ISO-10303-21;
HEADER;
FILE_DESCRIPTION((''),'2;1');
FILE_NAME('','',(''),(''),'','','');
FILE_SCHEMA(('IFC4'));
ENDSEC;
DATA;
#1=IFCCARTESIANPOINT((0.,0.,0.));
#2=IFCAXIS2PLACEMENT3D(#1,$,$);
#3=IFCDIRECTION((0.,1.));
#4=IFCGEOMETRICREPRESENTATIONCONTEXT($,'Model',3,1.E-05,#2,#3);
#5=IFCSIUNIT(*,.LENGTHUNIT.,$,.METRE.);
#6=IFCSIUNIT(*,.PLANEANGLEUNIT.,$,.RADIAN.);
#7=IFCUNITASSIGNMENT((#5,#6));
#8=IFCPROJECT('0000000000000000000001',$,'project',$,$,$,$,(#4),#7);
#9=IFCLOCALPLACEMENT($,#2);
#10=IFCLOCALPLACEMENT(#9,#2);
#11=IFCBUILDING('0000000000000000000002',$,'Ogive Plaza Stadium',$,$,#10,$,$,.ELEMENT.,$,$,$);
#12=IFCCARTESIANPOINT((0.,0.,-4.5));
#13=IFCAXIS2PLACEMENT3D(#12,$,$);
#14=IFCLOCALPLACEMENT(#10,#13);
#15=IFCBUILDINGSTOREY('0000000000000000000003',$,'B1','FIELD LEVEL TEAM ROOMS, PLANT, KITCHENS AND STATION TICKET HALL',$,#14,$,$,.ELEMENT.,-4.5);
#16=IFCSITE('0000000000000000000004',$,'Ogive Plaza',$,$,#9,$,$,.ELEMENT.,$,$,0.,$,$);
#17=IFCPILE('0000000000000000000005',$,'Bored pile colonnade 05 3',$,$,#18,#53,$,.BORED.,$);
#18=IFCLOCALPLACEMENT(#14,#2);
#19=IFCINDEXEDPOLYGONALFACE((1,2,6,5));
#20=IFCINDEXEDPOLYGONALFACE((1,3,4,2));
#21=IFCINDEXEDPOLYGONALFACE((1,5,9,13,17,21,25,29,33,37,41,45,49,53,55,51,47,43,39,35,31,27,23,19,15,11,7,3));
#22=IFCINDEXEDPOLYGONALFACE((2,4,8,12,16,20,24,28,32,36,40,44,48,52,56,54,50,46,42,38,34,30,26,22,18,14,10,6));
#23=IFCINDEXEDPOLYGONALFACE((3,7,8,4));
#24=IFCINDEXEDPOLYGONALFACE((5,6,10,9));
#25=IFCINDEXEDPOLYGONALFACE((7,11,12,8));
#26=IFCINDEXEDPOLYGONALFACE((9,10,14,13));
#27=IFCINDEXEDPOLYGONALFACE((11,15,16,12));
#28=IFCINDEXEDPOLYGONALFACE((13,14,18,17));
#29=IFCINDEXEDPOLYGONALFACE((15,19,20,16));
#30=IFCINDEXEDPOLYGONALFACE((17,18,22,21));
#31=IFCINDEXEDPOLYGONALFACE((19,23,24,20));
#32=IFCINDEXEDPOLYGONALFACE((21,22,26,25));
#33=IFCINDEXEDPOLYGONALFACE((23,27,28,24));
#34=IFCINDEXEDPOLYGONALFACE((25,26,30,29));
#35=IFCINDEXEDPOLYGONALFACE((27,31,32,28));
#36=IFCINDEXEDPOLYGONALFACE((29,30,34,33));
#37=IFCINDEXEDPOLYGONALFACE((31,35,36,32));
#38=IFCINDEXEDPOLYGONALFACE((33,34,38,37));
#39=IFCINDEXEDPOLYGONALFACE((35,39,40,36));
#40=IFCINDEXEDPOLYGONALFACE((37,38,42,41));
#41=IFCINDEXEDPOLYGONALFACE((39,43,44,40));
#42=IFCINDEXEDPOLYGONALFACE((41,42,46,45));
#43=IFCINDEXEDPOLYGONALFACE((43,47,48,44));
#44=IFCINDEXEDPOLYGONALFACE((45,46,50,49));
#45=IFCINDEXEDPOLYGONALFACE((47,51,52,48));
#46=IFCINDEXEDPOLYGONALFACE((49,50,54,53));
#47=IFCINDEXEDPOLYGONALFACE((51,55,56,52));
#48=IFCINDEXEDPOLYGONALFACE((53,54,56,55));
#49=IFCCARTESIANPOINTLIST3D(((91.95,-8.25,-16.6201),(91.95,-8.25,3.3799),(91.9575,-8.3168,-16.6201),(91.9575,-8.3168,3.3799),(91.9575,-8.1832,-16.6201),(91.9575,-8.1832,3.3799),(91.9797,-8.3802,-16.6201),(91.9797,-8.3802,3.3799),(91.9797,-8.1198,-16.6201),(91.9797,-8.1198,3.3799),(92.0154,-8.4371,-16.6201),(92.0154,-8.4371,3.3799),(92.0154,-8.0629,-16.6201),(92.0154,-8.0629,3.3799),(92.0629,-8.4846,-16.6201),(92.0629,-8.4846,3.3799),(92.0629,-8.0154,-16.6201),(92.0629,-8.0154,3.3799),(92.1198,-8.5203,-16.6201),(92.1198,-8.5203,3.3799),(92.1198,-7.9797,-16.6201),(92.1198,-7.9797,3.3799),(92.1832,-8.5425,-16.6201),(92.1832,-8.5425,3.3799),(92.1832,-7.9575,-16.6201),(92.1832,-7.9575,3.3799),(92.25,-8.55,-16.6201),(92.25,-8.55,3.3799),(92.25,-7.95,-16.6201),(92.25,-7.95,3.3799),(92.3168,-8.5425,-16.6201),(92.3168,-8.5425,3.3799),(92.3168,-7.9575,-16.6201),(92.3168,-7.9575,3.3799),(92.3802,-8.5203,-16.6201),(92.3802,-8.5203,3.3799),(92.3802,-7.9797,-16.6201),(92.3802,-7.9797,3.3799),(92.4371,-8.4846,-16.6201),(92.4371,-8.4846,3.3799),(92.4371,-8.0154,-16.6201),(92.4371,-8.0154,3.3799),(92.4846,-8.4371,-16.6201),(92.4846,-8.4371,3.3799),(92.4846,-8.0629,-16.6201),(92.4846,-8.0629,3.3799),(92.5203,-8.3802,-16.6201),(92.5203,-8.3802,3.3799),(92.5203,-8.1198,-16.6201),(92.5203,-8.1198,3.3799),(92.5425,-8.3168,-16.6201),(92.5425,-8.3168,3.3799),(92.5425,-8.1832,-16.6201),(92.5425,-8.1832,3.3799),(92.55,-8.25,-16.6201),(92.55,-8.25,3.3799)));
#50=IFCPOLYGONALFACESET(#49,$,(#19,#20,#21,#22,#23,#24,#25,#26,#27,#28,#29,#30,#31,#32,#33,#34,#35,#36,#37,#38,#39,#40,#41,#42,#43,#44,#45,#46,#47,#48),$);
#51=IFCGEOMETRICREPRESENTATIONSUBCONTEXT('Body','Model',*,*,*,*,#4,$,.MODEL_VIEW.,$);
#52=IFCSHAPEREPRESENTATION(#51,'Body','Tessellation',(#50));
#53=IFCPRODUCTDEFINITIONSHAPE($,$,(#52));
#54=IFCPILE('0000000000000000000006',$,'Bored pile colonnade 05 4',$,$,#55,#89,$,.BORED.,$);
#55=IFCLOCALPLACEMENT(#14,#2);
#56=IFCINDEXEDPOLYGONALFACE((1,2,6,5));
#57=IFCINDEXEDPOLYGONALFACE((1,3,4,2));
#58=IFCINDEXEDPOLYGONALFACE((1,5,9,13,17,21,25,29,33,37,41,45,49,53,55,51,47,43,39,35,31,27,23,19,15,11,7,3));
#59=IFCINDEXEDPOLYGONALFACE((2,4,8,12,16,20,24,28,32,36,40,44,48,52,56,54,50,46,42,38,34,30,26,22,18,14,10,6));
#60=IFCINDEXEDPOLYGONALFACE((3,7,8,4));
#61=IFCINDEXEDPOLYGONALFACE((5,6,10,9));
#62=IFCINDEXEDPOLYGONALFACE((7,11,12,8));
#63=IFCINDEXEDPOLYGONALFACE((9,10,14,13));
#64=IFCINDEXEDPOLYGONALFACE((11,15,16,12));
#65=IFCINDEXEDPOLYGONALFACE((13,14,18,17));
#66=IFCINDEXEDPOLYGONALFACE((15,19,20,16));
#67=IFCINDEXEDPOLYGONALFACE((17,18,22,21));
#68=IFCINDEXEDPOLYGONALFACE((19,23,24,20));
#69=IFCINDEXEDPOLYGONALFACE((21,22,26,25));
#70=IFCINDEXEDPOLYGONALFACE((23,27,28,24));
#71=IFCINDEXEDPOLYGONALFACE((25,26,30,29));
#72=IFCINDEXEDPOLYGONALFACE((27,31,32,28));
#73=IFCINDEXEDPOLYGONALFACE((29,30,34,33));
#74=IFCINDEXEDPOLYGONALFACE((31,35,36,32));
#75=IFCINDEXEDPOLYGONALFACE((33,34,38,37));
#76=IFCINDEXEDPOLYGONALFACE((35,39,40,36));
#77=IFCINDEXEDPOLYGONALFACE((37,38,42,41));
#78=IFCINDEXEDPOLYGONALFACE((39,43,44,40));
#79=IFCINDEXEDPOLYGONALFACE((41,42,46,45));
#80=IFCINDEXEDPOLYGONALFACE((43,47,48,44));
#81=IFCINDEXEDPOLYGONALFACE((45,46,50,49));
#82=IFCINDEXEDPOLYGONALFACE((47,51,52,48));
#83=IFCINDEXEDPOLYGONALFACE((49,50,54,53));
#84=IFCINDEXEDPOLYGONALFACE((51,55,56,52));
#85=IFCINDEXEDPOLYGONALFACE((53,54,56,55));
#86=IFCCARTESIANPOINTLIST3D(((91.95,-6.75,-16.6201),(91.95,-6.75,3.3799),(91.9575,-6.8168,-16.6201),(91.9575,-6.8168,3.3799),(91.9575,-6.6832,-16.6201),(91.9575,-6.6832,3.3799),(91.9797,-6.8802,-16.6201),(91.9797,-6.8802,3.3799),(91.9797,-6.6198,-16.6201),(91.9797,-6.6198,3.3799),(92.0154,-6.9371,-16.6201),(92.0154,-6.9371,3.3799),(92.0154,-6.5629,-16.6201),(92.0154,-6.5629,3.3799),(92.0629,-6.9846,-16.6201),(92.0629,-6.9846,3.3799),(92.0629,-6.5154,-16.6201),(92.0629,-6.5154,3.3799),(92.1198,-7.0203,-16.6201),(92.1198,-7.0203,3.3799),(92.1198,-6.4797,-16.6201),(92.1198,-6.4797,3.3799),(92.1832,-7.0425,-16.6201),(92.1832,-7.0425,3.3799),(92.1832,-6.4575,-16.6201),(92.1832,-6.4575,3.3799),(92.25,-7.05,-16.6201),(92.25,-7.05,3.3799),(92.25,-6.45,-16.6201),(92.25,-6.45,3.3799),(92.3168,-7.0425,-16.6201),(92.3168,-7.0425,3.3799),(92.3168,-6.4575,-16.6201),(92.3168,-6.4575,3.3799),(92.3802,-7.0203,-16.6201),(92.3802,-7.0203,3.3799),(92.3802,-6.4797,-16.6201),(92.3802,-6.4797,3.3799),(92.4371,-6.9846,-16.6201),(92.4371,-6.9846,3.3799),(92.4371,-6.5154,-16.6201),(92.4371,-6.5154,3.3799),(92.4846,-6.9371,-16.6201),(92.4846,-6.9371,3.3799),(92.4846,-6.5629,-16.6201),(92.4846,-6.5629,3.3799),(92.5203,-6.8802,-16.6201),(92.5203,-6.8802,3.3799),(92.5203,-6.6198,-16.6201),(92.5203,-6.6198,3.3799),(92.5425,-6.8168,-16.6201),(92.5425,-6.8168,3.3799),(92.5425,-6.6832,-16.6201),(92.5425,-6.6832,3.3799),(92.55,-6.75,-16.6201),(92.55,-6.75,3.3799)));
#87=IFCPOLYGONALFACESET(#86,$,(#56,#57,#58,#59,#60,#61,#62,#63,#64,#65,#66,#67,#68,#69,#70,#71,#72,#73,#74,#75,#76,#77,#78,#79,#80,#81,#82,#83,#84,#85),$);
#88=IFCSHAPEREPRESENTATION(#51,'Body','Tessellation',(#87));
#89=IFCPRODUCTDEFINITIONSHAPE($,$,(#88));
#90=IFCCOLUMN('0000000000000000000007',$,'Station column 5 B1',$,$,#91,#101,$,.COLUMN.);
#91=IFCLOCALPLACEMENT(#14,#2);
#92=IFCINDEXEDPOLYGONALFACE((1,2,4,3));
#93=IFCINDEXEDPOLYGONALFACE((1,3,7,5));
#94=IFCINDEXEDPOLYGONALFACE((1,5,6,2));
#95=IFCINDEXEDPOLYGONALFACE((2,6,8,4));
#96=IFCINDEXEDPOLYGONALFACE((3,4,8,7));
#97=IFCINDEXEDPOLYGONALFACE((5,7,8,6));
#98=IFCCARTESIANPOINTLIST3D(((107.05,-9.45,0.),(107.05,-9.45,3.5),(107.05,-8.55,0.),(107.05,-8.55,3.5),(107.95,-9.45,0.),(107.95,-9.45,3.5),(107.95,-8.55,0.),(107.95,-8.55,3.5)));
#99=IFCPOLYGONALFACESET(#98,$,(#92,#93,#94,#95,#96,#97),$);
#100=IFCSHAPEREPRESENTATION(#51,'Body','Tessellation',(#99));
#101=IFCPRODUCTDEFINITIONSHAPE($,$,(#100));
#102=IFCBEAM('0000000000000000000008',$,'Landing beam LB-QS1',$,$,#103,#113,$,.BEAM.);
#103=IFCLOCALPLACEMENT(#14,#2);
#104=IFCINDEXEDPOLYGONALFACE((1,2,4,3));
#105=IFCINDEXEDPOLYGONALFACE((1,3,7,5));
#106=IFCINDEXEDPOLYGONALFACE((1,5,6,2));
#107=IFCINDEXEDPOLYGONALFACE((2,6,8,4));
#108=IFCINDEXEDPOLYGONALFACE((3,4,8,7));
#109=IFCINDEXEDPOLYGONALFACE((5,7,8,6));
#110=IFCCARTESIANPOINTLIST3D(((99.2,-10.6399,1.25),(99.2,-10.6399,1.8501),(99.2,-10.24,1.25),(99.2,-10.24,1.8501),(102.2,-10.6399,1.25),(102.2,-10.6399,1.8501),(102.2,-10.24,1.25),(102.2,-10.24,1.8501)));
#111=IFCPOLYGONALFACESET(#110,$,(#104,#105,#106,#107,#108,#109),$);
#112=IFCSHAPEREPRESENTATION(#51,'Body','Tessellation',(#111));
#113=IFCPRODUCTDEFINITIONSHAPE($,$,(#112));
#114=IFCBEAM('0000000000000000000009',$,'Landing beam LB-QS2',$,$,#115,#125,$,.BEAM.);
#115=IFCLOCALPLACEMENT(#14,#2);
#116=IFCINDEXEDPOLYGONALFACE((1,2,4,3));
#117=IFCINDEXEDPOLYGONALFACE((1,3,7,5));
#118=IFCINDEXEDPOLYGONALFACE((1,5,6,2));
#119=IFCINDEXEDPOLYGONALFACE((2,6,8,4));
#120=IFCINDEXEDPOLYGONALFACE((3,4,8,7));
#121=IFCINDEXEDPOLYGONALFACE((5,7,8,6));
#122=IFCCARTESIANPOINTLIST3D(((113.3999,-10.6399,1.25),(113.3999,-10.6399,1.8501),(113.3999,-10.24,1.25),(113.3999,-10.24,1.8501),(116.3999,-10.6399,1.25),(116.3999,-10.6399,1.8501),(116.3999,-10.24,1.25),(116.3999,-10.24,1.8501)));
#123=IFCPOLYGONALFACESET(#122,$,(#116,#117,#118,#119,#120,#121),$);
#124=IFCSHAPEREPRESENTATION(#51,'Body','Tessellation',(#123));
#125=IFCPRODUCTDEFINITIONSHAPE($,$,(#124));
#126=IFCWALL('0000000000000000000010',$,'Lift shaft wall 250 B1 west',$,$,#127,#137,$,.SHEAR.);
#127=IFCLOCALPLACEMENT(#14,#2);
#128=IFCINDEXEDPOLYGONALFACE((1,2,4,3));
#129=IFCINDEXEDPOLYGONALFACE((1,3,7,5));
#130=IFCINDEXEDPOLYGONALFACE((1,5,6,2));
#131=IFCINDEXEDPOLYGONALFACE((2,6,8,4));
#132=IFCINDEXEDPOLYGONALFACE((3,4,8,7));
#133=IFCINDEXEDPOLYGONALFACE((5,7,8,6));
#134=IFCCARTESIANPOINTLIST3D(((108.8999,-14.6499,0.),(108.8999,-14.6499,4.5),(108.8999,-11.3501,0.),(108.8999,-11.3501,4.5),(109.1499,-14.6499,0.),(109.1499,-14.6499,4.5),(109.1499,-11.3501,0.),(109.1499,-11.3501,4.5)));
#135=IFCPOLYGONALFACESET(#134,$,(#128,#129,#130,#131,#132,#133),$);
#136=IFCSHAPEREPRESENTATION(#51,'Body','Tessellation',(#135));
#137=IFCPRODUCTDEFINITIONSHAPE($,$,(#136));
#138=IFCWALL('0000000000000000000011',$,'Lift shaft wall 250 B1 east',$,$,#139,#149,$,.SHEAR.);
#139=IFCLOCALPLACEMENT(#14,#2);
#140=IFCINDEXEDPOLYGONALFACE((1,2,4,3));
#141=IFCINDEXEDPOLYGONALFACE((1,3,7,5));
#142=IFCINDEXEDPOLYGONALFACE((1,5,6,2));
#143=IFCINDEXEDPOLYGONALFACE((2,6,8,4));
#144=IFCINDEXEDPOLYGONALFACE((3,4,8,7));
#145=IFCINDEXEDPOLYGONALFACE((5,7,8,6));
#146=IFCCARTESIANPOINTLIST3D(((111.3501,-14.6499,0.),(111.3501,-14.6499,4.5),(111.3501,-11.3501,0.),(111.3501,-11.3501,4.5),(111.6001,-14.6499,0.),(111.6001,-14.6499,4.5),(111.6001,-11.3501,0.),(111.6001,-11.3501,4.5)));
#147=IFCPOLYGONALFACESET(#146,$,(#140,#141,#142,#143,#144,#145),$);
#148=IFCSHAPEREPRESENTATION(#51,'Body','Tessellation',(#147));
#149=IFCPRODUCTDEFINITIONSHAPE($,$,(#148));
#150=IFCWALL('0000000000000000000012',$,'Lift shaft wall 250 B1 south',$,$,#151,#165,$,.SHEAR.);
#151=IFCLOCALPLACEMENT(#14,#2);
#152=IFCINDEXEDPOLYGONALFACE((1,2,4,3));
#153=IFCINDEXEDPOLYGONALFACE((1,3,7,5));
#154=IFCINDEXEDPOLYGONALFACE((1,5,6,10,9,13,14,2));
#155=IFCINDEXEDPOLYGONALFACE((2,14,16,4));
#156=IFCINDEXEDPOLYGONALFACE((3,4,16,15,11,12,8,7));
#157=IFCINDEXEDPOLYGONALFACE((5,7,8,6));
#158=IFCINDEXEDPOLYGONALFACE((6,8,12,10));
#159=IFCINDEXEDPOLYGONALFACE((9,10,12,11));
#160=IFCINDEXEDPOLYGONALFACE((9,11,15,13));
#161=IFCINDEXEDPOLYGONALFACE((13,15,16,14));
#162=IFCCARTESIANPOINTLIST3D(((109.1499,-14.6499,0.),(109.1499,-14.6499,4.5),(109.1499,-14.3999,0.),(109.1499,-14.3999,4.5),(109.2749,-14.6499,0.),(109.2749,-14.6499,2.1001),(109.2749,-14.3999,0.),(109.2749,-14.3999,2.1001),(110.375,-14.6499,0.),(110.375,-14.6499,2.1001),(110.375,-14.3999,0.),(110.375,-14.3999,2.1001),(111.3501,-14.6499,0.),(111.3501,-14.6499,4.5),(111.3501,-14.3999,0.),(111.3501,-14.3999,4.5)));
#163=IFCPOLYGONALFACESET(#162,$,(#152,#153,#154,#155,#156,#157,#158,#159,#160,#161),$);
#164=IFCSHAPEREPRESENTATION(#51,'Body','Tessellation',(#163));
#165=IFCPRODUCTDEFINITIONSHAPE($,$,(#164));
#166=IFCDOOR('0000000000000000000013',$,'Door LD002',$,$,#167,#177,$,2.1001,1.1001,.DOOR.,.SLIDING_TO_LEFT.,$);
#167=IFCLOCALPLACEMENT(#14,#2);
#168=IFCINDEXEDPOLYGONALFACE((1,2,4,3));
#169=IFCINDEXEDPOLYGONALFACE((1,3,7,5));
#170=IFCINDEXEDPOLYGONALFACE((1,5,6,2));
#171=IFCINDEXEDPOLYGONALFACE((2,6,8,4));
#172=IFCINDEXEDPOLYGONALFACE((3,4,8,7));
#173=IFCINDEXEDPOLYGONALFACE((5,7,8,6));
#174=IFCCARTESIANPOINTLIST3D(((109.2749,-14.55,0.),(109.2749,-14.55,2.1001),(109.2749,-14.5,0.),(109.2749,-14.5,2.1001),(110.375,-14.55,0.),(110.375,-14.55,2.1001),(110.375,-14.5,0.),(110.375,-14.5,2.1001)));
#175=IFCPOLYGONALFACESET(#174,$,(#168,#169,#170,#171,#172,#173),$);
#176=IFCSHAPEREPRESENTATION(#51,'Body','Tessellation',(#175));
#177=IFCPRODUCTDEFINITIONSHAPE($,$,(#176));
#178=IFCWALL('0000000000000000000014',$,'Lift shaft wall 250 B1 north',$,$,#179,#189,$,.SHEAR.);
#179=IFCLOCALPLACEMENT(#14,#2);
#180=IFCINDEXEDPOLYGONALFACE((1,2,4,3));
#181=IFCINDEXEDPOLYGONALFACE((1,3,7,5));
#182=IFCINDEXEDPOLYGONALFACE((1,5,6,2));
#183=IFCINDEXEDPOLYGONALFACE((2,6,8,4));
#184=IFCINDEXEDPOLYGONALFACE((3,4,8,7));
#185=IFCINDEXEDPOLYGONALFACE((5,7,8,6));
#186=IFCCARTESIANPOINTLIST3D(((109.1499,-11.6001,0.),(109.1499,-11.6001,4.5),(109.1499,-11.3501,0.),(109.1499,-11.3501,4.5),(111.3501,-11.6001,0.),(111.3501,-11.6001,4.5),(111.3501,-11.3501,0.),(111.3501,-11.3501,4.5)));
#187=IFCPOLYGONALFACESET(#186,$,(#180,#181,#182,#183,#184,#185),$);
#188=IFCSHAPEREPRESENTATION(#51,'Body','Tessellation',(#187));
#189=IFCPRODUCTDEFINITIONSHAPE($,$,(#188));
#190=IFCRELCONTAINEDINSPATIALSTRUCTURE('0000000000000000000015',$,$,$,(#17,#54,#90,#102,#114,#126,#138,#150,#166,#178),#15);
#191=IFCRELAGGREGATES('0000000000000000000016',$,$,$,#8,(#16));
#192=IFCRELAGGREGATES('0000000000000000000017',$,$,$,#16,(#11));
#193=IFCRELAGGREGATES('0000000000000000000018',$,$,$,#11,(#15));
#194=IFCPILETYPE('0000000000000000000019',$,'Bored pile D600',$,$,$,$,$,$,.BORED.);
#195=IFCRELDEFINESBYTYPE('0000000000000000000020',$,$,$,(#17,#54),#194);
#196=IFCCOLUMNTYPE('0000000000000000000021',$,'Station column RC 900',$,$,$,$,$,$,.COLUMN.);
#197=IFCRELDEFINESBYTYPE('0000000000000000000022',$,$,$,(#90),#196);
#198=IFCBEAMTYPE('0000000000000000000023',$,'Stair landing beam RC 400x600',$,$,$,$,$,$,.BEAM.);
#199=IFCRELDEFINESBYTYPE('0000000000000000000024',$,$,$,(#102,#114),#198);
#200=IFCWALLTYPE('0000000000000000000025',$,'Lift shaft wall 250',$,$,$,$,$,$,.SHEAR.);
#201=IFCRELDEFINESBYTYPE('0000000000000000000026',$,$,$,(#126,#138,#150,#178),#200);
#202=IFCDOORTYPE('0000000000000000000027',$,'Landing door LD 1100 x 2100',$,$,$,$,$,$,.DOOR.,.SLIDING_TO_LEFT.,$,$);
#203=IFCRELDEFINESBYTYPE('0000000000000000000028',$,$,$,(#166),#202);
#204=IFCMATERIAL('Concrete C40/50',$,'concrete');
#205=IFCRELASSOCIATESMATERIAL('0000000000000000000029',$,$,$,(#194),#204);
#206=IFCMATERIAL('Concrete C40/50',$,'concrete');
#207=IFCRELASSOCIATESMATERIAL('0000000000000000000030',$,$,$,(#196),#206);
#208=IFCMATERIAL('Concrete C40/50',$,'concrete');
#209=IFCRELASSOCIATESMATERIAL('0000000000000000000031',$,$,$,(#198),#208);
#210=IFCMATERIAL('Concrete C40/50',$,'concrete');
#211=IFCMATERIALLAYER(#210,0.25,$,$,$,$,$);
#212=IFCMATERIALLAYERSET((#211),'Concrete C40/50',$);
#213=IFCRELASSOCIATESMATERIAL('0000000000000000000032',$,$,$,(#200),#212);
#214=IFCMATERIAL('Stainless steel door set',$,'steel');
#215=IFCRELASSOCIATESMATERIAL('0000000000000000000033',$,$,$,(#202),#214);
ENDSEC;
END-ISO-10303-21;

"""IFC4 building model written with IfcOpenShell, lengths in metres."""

from ifc_helpers import new_model, si_unit, direction, frame, frame_2d, origin, origin_2d, place, context, subcontext, project, spatial, rectangle, circle, extrude, material, layer, layer_set, material_profile, profile_set, type_object, element, fill, save


model = new_model("IFC4")

# Units and contexts
model_context = context("Model", 3, precision=1e-05, world=origin(), true_north=direction((0.0, 1.0)))
body_context = subcontext(model_context, "Body", "Model", "MODEL_VIEW")
ifc_project = project(units=[si_unit("LENGTHUNIT", "METRE"), si_unit("PLANEANGLEUNIT", "RADIAN")], contexts=[model_context])

# Site, building, storey
site_placement = place(None, origin())
site = spatial("IfcSite", under=ifc_project, at=site_placement, Name="Ogive Plaza", CompositionType="ELEMENT", RefElevation=0.0)
building_placement = place(site_placement, origin())
building = spatial("IfcBuilding", under=site, at=building_placement, Name="Ogive Plaza Stadium", CompositionType="ELEMENT")
storey_placement = place(building_placement, frame((0.0, 0.0, -4.5)))
storey = spatial("IfcBuildingStorey", under=building, at=storey_placement, Name="B1", Description="FIELD LEVEL TEAM ROOMS, PLANT, KITCHENS AND STATION TICKET HALL", CompositionType="ELEMENT", Elevation=-4.5)

# Piles
ifc_material_1 = material(Name="Concrete C40/50", Category="concrete")
ifc_material_profile_1 = material_profile(ifc_material_1, circle(Radius=0.3, at=origin_2d()), Name="RC D600")
ifc_profile_set_1 = profile_set([ifc_material_profile_1], Name="Concrete C40/50")
pile_type = type_object("IfcPileType", Name="Bored pile D600", PredefinedType="BORED", material=ifc_profile_set_1)
for number, where, z_axis, x_axis, name in (
    (1, (92.25, -8.25, 3.3799), (0.0, 0.0, -1.0), (1.0, 0.0, 0.0), "Bored pile colonnade 05 3"),
    (2, (92.25, -6.75, 3.3799), (0.0, 0.0, -1.0), (1.0, 0.0, 0.0), "Bored pile colonnade 05 4"),
):
    element("IfcPile", number, at=place(storey_placement, frame(where, z_axis=z_axis, x_axis=x_axis)), inside=storey, type_object=pile_type, Name=name, PredefinedType="BORED", context=body_context, shape_type="SweptSolid", body=[
        extrude(circle(Radius=0.3, at=origin_2d()), origin(), (0.0, 0.0, 1.0), 20.0),
    ])

# Column
ifc_material_2 = material(Name="Concrete C40/50", Category="concrete")
ifc_material_profile_2 = material_profile(ifc_material_2, rectangle(XDim=0.8999, YDim=0.8999, at=origin_2d()), Name="Station column RC 900")
ifc_profile_set_2 = profile_set([ifc_material_profile_2], Name="Concrete C40/50")
column_type = type_object("IfcColumnType", Name="Station column RC 900", PredefinedType="COLUMN", material=ifc_profile_set_2)
column_placement = place(storey_placement, frame((107.5, -9.0, 0.0), z_axis=(0.0, 0.0, 1.0), x_axis=(1.0, 0.0, 0.0)))
element("IfcColumn", 3, at=column_placement, inside=storey, type_object=column_type, Name="Station column 5 B1", PredefinedType="COLUMN", context=body_context, shape_type="SweptSolid", body=[
    extrude(rectangle(XDim=0.8999, YDim=0.8999, at=origin_2d()), origin(), (0.0, 0.0, 1.0), 3.5),
])

# Beams
ifc_material_3 = material(Name="Concrete C40/50", Category="concrete")
ifc_material_profile_3 = material_profile(ifc_material_3, rectangle(XDim=0.3999, YDim=0.6001, at=origin_2d()), Name="Stair landing beam RC 400x600")
ifc_profile_set_3 = profile_set([ifc_material_profile_3], Name="Concrete C40/50")
beam_type = type_object("IfcBeamType", Name="Stair landing beam RC 400x600", PredefinedType="BEAM", material=ifc_profile_set_3)
for number, where, z_axis, x_axis, name in (
    (4, (99.2, -10.4399, 1.55), (1.0, 0.0, 0.0), (0.0, 1.0, 0.0), "Landing beam LB-QS1"),
    (5, (113.3999, -10.4399, 1.55), (1.0, 0.0, 0.0), (0.0, 1.0, 0.0), "Landing beam LB-QS2"),
):
    element("IfcBeam", number, at=place(storey_placement, frame(where, z_axis=z_axis, x_axis=x_axis)), inside=storey, type_object=beam_type, Name=name, PredefinedType="BEAM", context=body_context, shape_type="SweptSolid", body=[
        extrude(rectangle(XDim=0.3999, YDim=0.6001, at=origin_2d()), origin(), (0.0, 0.0, 1.0), 3.0),
    ])

# Walls
ifc_material_4 = material(Name="Concrete C40/50", Category="concrete")
ifc_layer_1 = layer(ifc_material_4, 0.25)
ifc_layer_set_1 = layer_set([ifc_layer_1], Name="Concrete C40/50")
wall_type_1 = type_object("IfcWallType", Name="Lift shaft wall 250", PredefinedType="SHEAR", material=ifc_layer_set_1)
for number, where, z_axis, x_axis, name in (
    (6, (109.0249, -14.6499, 0.0), (0.0, 0.0, 1.0), (0.0, 1.0, 0.0), "Lift shaft wall 250 B1 west"),
    (7, (111.4751, -14.6499, 0.0), (0.0, 0.0, 1.0), (0.0, 1.0, 0.0), "Lift shaft wall 250 B1 east"),
):
    element("IfcWall", number, at=place(storey_placement, frame(where, z_axis=z_axis, x_axis=x_axis)), inside=storey, type_object=wall_type_1, Name=name, PredefinedType="SHEAR", context=body_context, shape_type="SweptSolid", body=[
        extrude(rectangle(XDim=3.2998, YDim=0.25, at=frame_2d((1.6499, 0.0))), origin(), (0.0, 0.0, 1.0), 4.5),
    ])

# Wall, opening, door
wall_1_placement = place(storey_placement, frame((109.1499, -14.5249, 0.0), z_axis=(0.0, 0.0, 1.0), x_axis=(1.0, 0.0, 0.0)))
wall_1 = element("IfcWall", 8, at=wall_1_placement, inside=storey, type_object=wall_type_1, Name="Lift shaft wall 250 B1 south", PredefinedType="SHEAR", context=body_context, shape_type="SweptSolid", body=[
    extrude(rectangle(XDim=2.2002, YDim=0.25, at=frame_2d((1.1001, 0.0))), origin(), (0.0, 0.0, 1.0), 4.5),
])
opening_placement = place(wall_1_placement, frame((0.125, 0.0, 0.0)))
opening = element("IfcOpeningElement", 9, at=opening_placement, cuts=wall_1, PredefinedType="OPENING", context=body_context, shape_type="SweptSolid", body=[
    extrude(rectangle(XDim=1.1001, YDim=2.1001, at=frame_2d((0.55, 1.05))), frame((0.0, 0.125, 0.0), z_axis=(0.0, -1.0, 0.0), x_axis=(1.0, 0.0, 0.0)), (0.0, 0.0, 1.0), 0.25),
])
ifc_material_5 = material(Name="Stainless steel door set", Category="steel")
door_type = type_object("IfcDoorType", Name="Landing door LD 1100 x 2100", OperationType="SLIDING_TO_LEFT", PredefinedType="DOOR", material=ifc_material_5)
door_placement = place(opening_placement, origin())
door = element("IfcDoor", 10, at=door_placement, inside=storey, type_object=door_type, Name="Door LD002", OperationType="SLIDING_TO_LEFT", OverallHeight=2.1001, OverallWidth=1.1001, PredefinedType="DOOR", context=body_context, shape_type="SweptSolid", body=[
    extrude(rectangle(XDim=1.1001, YDim=2.1001, at=frame_2d((0.55, 1.05))), frame((0.0, 0.0249, 0.0), z_axis=(0.0, -1.0, 0.0), x_axis=(1.0, 0.0, 0.0)), (0.0, 0.0, 1.0), 0.05),
])
fill(opening, door)

# Wall
wall_2_placement = place(storey_placement, frame((109.1499, -11.4751, 0.0), z_axis=(0.0, 0.0, 1.0), x_axis=(1.0, 0.0, 0.0)))
element("IfcWall", 11, at=wall_2_placement, inside=storey, type_object=wall_type_1, Name="Lift shaft wall 250 B1 north", PredefinedType="SHEAR", context=body_context, shape_type="SweptSolid", body=[
    extrude(rectangle(XDim=2.2002, YDim=0.25, at=frame_2d((1.1001, 0.0))), origin(), (0.0, 0.0, 1.0), 4.5),
])

save(model, "model.ifc")
